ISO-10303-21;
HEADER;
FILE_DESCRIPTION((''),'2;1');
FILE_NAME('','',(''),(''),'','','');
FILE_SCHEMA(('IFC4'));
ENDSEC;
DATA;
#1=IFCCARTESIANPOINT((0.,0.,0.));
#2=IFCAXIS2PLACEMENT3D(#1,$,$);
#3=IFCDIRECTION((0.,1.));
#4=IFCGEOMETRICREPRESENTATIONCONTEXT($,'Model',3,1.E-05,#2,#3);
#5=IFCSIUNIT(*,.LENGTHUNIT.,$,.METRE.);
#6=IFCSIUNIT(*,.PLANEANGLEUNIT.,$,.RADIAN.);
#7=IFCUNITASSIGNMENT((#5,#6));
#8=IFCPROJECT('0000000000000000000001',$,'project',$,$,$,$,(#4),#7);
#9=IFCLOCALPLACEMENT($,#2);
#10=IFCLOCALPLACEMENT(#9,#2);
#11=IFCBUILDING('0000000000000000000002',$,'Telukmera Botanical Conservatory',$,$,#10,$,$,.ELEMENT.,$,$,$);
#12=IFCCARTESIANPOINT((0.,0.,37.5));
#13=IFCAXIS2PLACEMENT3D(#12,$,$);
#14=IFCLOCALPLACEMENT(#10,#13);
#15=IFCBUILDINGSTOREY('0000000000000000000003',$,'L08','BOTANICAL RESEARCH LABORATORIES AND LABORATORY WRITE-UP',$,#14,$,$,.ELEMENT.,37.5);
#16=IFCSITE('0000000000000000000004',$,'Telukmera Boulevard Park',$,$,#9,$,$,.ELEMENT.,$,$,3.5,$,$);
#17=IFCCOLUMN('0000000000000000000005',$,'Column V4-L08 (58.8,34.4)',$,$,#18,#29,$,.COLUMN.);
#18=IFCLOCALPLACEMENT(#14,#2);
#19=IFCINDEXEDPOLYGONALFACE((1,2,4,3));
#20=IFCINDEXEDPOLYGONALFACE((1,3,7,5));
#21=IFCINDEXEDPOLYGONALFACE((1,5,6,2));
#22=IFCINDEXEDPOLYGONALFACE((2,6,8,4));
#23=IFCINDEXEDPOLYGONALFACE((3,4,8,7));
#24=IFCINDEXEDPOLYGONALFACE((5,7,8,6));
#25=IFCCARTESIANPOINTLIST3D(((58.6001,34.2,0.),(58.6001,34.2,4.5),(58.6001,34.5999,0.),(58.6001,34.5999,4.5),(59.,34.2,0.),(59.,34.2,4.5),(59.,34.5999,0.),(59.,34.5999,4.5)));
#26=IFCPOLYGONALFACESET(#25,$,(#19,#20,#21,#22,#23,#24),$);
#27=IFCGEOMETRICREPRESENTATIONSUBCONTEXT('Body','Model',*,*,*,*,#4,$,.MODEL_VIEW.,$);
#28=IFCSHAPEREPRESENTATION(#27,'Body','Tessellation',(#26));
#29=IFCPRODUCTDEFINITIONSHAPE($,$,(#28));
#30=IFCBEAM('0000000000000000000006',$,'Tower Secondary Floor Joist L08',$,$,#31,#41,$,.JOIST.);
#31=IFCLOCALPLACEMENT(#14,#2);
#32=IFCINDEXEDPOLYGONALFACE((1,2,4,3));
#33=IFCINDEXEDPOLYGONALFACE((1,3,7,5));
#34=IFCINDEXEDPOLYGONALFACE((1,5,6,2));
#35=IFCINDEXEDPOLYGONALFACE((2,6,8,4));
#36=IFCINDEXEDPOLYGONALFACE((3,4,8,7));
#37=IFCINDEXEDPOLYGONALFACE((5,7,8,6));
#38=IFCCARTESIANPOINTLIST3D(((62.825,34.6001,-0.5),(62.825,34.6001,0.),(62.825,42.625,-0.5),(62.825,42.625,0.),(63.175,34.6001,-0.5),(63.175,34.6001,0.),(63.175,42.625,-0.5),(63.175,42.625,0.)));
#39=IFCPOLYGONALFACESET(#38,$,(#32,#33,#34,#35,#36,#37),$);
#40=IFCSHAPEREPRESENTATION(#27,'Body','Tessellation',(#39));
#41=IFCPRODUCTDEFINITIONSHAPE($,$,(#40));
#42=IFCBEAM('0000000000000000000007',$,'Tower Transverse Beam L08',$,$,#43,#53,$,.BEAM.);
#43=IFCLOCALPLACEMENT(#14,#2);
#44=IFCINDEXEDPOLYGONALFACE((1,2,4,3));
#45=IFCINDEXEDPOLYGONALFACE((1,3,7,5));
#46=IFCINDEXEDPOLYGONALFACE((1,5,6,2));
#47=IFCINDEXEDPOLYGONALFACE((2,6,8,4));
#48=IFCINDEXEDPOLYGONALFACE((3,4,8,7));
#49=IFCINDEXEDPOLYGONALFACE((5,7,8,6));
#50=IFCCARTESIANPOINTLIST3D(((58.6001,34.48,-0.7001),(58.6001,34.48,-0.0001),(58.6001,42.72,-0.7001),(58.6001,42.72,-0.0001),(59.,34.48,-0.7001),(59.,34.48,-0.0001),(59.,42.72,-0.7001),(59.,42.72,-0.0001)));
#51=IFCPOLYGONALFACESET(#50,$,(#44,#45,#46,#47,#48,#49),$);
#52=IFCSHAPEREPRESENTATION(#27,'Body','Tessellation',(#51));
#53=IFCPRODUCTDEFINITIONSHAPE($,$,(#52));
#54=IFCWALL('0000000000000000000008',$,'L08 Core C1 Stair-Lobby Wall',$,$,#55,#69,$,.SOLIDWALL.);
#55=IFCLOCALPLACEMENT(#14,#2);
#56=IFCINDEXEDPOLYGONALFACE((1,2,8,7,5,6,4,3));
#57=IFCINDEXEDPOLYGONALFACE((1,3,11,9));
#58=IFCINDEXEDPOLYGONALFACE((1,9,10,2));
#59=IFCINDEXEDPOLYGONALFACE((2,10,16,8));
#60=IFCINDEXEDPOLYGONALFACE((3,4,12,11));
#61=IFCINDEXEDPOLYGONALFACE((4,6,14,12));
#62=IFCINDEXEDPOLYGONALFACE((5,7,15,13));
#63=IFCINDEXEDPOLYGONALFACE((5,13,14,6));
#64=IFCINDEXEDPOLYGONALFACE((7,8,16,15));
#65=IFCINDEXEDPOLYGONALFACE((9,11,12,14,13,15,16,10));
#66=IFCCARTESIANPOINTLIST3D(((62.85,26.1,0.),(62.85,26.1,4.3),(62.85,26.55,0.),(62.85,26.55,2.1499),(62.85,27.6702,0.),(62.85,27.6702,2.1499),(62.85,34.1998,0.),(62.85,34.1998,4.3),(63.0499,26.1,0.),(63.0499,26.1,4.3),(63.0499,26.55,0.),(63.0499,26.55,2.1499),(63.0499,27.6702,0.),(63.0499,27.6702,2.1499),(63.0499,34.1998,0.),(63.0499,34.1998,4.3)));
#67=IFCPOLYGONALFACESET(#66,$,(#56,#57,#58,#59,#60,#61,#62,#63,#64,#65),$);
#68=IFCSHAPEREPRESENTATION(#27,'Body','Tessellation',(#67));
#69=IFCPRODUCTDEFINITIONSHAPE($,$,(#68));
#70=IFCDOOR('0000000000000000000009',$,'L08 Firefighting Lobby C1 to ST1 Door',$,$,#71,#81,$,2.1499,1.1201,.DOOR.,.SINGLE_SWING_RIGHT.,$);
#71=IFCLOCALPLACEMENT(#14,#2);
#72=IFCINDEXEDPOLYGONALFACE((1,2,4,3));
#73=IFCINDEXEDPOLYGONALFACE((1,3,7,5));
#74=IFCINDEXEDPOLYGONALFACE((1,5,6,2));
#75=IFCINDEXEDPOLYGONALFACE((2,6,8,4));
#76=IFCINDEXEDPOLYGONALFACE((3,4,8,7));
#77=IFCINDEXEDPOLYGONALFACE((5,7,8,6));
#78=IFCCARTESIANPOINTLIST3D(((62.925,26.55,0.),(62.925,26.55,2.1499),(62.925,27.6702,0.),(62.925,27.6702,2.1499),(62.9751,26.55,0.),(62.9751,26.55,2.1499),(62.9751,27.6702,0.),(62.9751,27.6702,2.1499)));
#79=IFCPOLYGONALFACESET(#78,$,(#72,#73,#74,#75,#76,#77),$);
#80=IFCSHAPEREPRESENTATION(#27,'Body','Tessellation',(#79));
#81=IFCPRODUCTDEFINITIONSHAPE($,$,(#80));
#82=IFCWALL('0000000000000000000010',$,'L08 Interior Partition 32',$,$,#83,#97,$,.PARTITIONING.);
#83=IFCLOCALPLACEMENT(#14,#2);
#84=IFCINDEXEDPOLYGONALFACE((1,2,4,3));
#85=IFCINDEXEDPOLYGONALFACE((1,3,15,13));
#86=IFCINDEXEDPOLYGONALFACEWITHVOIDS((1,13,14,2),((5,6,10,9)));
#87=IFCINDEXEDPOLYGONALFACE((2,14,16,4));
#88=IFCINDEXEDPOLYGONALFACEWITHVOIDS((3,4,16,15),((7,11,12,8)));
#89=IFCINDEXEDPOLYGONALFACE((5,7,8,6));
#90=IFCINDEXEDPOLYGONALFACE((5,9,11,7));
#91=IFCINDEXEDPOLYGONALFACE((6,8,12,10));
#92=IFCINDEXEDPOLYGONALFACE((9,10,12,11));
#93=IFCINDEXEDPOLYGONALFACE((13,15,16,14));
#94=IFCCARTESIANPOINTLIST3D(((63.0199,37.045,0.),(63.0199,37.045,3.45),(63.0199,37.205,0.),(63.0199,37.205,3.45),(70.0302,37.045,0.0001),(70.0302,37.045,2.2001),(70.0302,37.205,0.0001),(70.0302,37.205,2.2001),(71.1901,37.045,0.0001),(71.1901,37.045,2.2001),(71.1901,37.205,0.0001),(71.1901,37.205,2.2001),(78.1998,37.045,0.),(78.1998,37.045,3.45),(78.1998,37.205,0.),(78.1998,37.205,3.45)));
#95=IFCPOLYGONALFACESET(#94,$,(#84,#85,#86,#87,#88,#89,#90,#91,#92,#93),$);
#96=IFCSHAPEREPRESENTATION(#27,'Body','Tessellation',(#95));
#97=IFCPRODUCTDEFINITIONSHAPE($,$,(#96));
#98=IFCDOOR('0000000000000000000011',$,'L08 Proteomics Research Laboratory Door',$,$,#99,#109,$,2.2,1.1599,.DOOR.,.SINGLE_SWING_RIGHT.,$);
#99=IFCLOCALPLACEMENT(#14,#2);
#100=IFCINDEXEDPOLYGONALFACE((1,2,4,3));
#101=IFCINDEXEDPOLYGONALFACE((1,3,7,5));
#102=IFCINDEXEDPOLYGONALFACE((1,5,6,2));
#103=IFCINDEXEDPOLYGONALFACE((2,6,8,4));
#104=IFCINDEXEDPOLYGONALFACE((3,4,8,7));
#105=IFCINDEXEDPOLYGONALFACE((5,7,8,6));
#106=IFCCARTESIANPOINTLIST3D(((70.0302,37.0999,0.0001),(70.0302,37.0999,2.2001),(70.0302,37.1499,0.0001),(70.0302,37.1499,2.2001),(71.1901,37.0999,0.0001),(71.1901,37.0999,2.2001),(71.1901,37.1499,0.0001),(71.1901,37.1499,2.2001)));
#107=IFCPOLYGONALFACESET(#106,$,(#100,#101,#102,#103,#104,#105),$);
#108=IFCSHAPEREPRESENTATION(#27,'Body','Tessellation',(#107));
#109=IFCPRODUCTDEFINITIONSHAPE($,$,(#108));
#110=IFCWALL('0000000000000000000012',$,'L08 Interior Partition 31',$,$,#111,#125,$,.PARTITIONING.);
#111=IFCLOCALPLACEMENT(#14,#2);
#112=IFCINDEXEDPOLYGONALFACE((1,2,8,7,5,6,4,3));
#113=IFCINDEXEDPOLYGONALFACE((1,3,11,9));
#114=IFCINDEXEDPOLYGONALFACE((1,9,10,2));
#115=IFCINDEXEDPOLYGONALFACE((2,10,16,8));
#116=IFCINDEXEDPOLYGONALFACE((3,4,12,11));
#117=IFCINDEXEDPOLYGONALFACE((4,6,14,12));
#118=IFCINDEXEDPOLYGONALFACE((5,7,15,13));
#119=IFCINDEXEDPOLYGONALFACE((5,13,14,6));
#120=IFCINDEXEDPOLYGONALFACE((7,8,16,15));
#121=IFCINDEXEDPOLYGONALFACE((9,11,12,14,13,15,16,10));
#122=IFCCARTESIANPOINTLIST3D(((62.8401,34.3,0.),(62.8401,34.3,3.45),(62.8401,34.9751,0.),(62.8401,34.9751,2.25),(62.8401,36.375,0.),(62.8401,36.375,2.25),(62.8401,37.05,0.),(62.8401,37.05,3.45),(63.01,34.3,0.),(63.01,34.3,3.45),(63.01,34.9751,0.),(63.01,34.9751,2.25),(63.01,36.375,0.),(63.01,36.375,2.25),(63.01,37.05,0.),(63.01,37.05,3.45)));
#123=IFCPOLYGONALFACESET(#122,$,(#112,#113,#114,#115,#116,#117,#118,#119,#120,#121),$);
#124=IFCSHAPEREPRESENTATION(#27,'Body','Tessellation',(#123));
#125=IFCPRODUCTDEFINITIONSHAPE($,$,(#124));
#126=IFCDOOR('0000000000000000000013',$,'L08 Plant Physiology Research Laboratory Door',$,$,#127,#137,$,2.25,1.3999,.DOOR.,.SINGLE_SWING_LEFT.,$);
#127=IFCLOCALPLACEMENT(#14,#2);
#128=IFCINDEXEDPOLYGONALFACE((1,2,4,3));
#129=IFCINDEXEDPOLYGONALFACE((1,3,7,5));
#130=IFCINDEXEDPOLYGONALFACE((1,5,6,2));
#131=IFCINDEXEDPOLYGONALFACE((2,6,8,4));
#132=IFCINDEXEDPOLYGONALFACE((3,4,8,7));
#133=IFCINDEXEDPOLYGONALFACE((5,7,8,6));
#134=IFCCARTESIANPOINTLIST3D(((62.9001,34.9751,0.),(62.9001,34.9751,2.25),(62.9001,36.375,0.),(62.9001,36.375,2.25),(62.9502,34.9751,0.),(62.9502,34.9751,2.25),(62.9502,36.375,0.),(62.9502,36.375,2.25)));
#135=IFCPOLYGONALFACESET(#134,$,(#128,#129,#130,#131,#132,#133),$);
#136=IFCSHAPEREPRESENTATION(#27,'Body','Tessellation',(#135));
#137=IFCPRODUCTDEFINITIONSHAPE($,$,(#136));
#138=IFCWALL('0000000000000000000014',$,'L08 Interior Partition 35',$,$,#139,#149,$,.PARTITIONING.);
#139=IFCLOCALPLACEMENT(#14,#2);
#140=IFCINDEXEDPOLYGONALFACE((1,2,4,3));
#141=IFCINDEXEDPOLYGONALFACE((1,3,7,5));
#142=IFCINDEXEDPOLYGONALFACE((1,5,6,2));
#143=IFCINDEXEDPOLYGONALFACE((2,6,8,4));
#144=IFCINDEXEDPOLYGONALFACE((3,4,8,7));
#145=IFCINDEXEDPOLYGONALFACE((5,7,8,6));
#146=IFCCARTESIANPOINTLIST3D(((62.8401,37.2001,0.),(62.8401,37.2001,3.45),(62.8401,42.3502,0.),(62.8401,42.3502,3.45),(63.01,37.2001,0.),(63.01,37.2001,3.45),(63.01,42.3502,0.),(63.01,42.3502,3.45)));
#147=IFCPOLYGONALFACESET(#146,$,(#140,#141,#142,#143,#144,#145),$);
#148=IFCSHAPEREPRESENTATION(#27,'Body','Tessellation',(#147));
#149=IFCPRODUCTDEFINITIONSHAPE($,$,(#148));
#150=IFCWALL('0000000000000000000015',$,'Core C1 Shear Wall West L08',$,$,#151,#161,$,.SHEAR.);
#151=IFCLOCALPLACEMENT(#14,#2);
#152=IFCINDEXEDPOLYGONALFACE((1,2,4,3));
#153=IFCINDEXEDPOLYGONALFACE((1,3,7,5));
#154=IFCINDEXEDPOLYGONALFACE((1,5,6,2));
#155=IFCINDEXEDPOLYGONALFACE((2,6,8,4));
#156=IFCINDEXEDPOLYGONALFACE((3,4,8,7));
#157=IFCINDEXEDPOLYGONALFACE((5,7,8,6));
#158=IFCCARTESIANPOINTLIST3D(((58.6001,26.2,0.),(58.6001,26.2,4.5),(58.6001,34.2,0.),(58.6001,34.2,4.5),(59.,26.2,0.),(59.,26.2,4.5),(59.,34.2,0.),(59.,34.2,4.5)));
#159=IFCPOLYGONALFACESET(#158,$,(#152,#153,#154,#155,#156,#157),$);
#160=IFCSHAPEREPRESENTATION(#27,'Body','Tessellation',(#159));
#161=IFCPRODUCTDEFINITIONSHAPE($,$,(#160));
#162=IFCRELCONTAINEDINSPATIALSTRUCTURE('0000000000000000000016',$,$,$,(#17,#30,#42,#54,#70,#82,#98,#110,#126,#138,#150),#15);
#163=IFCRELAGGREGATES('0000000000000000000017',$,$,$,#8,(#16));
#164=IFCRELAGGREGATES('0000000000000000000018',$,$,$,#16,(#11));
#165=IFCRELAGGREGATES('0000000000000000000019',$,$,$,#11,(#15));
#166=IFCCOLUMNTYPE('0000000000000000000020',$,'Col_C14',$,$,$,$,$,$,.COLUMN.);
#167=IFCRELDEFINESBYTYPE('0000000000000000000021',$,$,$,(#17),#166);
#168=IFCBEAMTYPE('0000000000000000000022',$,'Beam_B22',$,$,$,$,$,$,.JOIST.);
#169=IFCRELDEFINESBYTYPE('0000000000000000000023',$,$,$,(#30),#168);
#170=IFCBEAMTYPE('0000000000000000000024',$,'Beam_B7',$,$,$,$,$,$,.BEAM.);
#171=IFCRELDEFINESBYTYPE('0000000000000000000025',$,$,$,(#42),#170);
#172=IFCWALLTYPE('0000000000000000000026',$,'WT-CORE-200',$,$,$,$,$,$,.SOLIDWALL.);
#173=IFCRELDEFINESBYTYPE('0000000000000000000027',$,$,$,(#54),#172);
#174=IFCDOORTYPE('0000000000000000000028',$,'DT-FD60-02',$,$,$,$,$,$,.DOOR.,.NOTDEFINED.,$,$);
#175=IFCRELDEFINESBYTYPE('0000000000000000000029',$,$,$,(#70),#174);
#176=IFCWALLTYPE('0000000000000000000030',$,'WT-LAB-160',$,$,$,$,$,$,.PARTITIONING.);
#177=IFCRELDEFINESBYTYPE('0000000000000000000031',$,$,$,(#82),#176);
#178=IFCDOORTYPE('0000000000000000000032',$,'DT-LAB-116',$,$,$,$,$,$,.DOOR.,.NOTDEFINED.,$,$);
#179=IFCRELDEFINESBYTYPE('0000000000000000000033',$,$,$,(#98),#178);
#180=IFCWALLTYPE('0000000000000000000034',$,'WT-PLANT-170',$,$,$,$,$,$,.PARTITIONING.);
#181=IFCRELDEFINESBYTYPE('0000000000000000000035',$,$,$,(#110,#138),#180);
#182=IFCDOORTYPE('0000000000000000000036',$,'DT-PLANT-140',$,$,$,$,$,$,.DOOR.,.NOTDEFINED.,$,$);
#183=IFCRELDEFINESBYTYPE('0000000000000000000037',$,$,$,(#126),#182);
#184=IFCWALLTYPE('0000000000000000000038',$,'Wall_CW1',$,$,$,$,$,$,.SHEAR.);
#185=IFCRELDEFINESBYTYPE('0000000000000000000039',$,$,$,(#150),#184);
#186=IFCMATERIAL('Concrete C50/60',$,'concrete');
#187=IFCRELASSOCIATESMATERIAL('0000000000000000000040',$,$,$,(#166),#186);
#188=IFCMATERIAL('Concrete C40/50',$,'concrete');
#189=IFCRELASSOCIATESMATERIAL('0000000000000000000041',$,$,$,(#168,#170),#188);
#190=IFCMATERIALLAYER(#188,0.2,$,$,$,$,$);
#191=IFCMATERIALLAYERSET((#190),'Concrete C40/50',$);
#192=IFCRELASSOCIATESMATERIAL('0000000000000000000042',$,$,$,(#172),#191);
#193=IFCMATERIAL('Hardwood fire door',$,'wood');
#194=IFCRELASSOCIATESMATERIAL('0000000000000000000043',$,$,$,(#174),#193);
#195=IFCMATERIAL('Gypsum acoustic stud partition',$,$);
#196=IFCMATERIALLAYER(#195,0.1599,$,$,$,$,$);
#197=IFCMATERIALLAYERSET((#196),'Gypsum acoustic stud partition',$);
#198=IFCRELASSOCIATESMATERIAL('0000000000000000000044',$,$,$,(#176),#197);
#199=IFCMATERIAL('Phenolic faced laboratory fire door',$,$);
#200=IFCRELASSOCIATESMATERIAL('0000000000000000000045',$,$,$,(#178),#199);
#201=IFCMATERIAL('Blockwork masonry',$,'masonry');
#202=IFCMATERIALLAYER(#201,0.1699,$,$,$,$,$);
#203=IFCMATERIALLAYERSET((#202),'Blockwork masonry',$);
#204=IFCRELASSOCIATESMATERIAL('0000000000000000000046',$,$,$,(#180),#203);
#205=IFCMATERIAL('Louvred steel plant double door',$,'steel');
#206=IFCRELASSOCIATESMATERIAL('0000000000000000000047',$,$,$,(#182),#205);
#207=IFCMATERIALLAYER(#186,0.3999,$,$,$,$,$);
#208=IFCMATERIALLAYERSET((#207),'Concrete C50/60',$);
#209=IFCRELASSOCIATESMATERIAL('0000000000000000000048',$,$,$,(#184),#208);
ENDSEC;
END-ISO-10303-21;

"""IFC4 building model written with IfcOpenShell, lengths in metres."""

from ifc_helpers import new_model, si_unit, direction, frame, frame_2d, origin, origin_2d, place, context, subcontext, project, spatial, rectangle, extrude, material, layer, layer_set, material_profile, profile_set, type_object, element, fill, save


model = new_model("IFC4")

# Units and contexts
model_context = context("Model", 3, precision=1e-05, world=origin(), true_north=direction((0.0, 1.0)))
body_context = subcontext(model_context, "Body", "Model", "MODEL_VIEW")
ifc_project = project(units=[si_unit("LENGTHUNIT", "METRE"), si_unit("PLANEANGLEUNIT", "RADIAN")], contexts=[model_context])

# Site, building, storey
site_placement = place(None, origin())
site = spatial("IfcSite", under=ifc_project, at=site_placement, Name="Telukmera Boulevard Park", CompositionType="ELEMENT", RefElevation=3.5)
building_placement = place(site_placement, origin())
building = spatial("IfcBuilding", under=site, at=building_placement, Name="Telukmera Botanical Conservatory", CompositionType="ELEMENT")
storey_placement = place(building_placement, frame((0.0, 0.0, 37.5)))
storey = spatial("IfcBuildingStorey", under=building, at=storey_placement, Name="L08", Description="BOTANICAL RESEARCH LABORATORIES AND LABORATORY WRITE-UP", CompositionType="ELEMENT", Elevation=37.5)

# Column
ifc_material_1 = material(Name="Concrete C50/60", Category="concrete")
ifc_material_profile_1 = material_profile(ifc_material_1, rectangle(XDim=0.3999, YDim=0.3999, at=origin_2d()), Name="RC 400x400")
ifc_profile_set_1 = profile_set([ifc_material_profile_1], Name="Concrete C50/60")
column_type = type_object("IfcColumnType", Name="Col_C14", PredefinedType="COLUMN", material=ifc_profile_set_1)
column_placement = place(storey_placement, frame((58.8, 34.3999, 0.0), z_axis=(0.0, 0.0, 1.0), x_axis=(1.0, 0.0, 0.0)))
element("IfcColumn", 1, at=column_placement, inside=storey, type_object=column_type, Name="Column V4-L08 (58.8,34.4)", PredefinedType="COLUMN", context=body_context, shape_type="SweptSolid", body=[
    extrude(rectangle(XDim=0.3999, YDim=0.3999, at=origin_2d()), origin(), (0.0, 0.0, 1.0), 4.5),
])

# Beams
ifc_material_2 = material(Name="Concrete C40/50", Category="concrete")
ifc_material_profile_2 = material_profile(ifc_material_2, rectangle(XDim=0.3501, YDim=0.5, at=origin_2d()), Name="RC 350x500")
ifc_profile_set_2 = profile_set([ifc_material_profile_2], Name="Concrete C40/50")
beam_type_1 = type_object("IfcBeamType", Name="Beam_B22", PredefinedType="JOIST", material=ifc_profile_set_2)
beam_1_placement = place(storey_placement, frame((63.0, 34.6001, -0.25), z_axis=(0.0, 1.0, 0.0), x_axis=(-1.0, 0.0, 0.0)))
element("IfcBeam", 2, at=beam_1_placement, inside=storey, type_object=beam_type_1, Name="Tower Secondary Floor Joist L08", PredefinedType="JOIST", context=body_context, shape_type="SweptSolid", body=[
    extrude(rectangle(XDim=0.3501, YDim=0.5, at=origin_2d()), origin(), (0.0, 0.0, 1.0), 8.0249),
])
ifc_material_profile_3 = material_profile(ifc_material_2, rectangle(XDim=0.3999, YDim=0.7, at=origin_2d()), Name="RC 400x700")
ifc_profile_set_3 = profile_set([ifc_material_profile_3], Name="Concrete C40/50")
beam_type_2 = type_object("IfcBeamType", Name="Beam_B7", PredefinedType="BEAM", material=ifc_profile_set_3)
beam_2_placement = place(storey_placement, frame((58.8, 34.48, -0.3501), z_axis=(0.0, 1.0, 0.0), x_axis=(-1.0, 0.0, 0.0)))
element("IfcBeam", 3, at=beam_2_placement, inside=storey, type_object=beam_type_2, Name="Tower Transverse Beam L08", PredefinedType="BEAM", context=body_context, shape_type="SweptSolid", body=[
    extrude(rectangle(XDim=0.3999, YDim=0.7, at=origin_2d()), origin(), (0.0, 0.0, 1.0), 8.24),
])

# Walls, openings, doors
ifc_layer_1 = layer(ifc_material_2, 0.2)
ifc_layer_set_1 = layer_set([ifc_layer_1], Name="Concrete C40/50")
wall_type_1 = type_object("IfcWallType", Name="WT-CORE-200", PredefinedType="SOLIDWALL", material=ifc_layer_set_1)
wall_1_placement = place(storey_placement, frame((62.95, 26.1001, 0.0), z_axis=(0.0, 0.0, 1.0), x_axis=(0.0, 1.0, 0.0)))
wall_1 = element("IfcWall", 4, at=wall_1_placement, inside=storey, type_object=wall_type_1, Name="L08 Core C1 Stair-Lobby Wall", PredefinedType="SOLIDWALL", context=body_context, shape_type="SweptSolid", body=[
    extrude(rectangle(XDim=8.0999, YDim=0.2, at=frame_2d((4.0498, 0.0))), origin(), (0.0, 0.0, 1.0), 4.3),
])
opening_1_placement = place(wall_1_placement, frame((0.45, 0.0, 0.0)))
opening_1 = element("IfcOpeningElement", 5, at=opening_1_placement, cuts=wall_1, PredefinedType="OPENING", context=body_context, shape_type="SweptSolid", body=[
    extrude(rectangle(XDim=1.1201, YDim=2.1499, at=frame_2d((0.5601, 1.075))), frame((0.0, 0.1099, 0.0), z_axis=(0.0, -1.0, 0.0), x_axis=(1.0, 0.0, 0.0)), (0.0, 0.0, 1.0), 0.22),
])
ifc_material_3 = material(Name="Hardwood fire door", Category="wood")
door_type_1 = type_object("IfcDoorType", Name="DT-FD60-02", OperationType="NOTDEFINED", PredefinedType="DOOR", material=ifc_material_3)
door_1_placement = place(opening_1_placement, origin())
door_1 = element("IfcDoor", 6, at=door_1_placement, inside=storey, type_object=door_type_1, Name="L08 Firefighting Lobby C1 to ST1 Door", OperationType="SINGLE_SWING_RIGHT", OverallHeight=2.1499, OverallWidth=1.1201, PredefinedType="DOOR", context=body_context, shape_type="SweptSolid", body=[
    extrude(rectangle(XDim=1.1201, YDim=2.1499, at=frame_2d((0.5601, 1.075))), frame((0.0, 0.0249, 0.0), z_axis=(0.0, -1.0, 0.0), x_axis=(1.0, 0.0, 0.0)), (0.0, 0.0, 1.0), 0.05),
])
fill(opening_1, door_1)
ifc_material_4 = material(Name="Gypsum acoustic stud partition")
ifc_layer_2 = layer(ifc_material_4, 0.1599)
ifc_layer_set_2 = layer_set([ifc_layer_2], Name="Gypsum acoustic stud partition")
wall_type_2 = type_object("IfcWallType", Name="WT-LAB-160", PredefinedType="PARTITIONING", material=ifc_layer_set_2)
wall_2_placement = place(storey_placement, frame((63.02, 37.125, 0.0), z_axis=(0.0, 0.0, 1.0), x_axis=(1.0, 0.0, 0.0)))
wall_2 = element("IfcWall", 7, at=wall_2_placement, inside=storey, type_object=wall_type_2, Name="L08 Interior Partition 32", PredefinedType="PARTITIONING", context=body_context, shape_type="SweptSolid", body=[
    extrude(rectangle(XDim=15.1799, YDim=0.1599, at=frame_2d((7.5898, 0.0))), origin(), (0.0, 0.0, 1.0), 3.45),
])
opening_2_placement = place(wall_2_placement, frame((7.01, 0.0, 0.0)))
opening_2 = element("IfcOpeningElement", 8, at=opening_2_placement, cuts=wall_2, PredefinedType="OPENING", context=body_context, shape_type="SweptSolid", body=[
    extrude(rectangle(XDim=1.1599, YDim=2.2, at=frame_2d((0.5801, 1.1001))), frame((0.0, 0.0898, 0.0), z_axis=(0.0, -1.0, 0.0), x_axis=(1.0, 0.0, 0.0)), (0.0, 0.0, 1.0), 0.1799),
])
ifc_material_5 = material(Name="Phenolic faced laboratory fire door")
door_type_2 = type_object("IfcDoorType", Name="DT-LAB-116", OperationType="NOTDEFINED", PredefinedType="DOOR", material=ifc_material_5)
door_2_placement = place(opening_2_placement, origin())
door_2 = element("IfcDoor", 9, at=door_2_placement, inside=storey, type_object=door_type_2, Name="L08 Proteomics Research Laboratory Door", OperationType="SINGLE_SWING_RIGHT", OverallHeight=2.2, OverallWidth=1.1599, PredefinedType="DOOR", context=body_context, shape_type="SweptSolid", body=[
    extrude(rectangle(XDim=1.1599, YDim=2.2, at=frame_2d((0.5801, 1.1001))), frame((0.0, 0.0249, 0.0), z_axis=(0.0, -1.0, 0.0), x_axis=(1.0, 0.0, 0.0)), (0.0, 0.0, 1.0), 0.05),
])
fill(opening_2, door_2)
ifc_material_6 = material(Name="Blockwork masonry", Category="masonry")
ifc_layer_3 = layer(ifc_material_6, 0.1699)
ifc_layer_set_3 = layer_set([ifc_layer_3], Name="Blockwork masonry")
wall_type_3 = type_object("IfcWallType", Name="WT-PLANT-170", PredefinedType="PARTITIONING", material=ifc_layer_set_3)
wall_3_placement = place(storey_placement, frame((62.925, 34.3, 0.0), z_axis=(0.0, 0.0, 1.0), x_axis=(0.0, 1.0, 0.0)))
wall_3 = element("IfcWall", 10, at=wall_3_placement, inside=storey, type_object=wall_type_3, Name="L08 Interior Partition 31", PredefinedType="PARTITIONING", context=body_context, shape_type="SweptSolid", body=[
    extrude(rectangle(XDim=2.75, YDim=0.1699, at=frame_2d((1.375, 0.0))), origin(), (0.0, 0.0, 1.0), 3.45),
])
opening_3_placement = place(wall_3_placement, frame((0.675, 0.0, 0.0)))
opening_3 = element("IfcOpeningElement", 11, at=opening_3_placement, cuts=wall_3, PredefinedType="OPENING", context=body_context, shape_type="SweptSolid", body=[
    extrude(rectangle(XDim=1.3999, YDim=2.25, at=frame_2d((0.7, 1.125))), frame((0.0, 0.095, 0.0), z_axis=(0.0, -1.0, 0.0), x_axis=(1.0, 0.0, 0.0)), (0.0, 0.0, 1.0), 0.1899),
])
ifc_material_7 = material(Name="Louvred steel plant double door", Category="steel")
door_type_3 = type_object("IfcDoorType", Name="DT-PLANT-140", OperationType="NOTDEFINED", PredefinedType="DOOR", material=ifc_material_7)
door_3_placement = place(opening_3_placement, origin())
door_3 = element("IfcDoor", 12, at=door_3_placement, inside=storey, type_object=door_type_3, Name="L08 Plant Physiology Research Laboratory Door", OperationType="SINGLE_SWING_LEFT", OverallHeight=2.25, OverallWidth=1.3999, PredefinedType="DOOR", context=body_context, shape_type="SweptSolid", body=[
    extrude(rectangle(XDim=1.3999, YDim=2.25, at=frame_2d((0.7, 1.125))), frame((0.0, 0.0249, 0.0), z_axis=(0.0, -1.0, 0.0), x_axis=(1.0, 0.0, 0.0)), (0.0, 0.0, 1.0), 0.05),
])
fill(opening_3, door_3)

# Walls
wall_4_placement = place(storey_placement, frame((62.925, 37.2, 0.0), z_axis=(0.0, 0.0, 1.0), x_axis=(0.0, 1.0, 0.0)))
element("IfcWall", 13, at=wall_4_placement, inside=storey, type_object=wall_type_3, Name="L08 Interior Partition 35", PredefinedType="PARTITIONING", context=body_context, shape_type="SweptSolid", body=[
    extrude(rectangle(XDim=5.1501, YDim=0.1699, at=frame_2d((2.5752, 0.0))), origin(), (0.0, 0.0, 1.0), 3.45),
])
ifc_layer_4 = layer(ifc_material_1, 0.3999)
ifc_layer_set_4 = layer_set([ifc_layer_4], Name="Concrete C50/60")
wall_type_4 = type_object("IfcWallType", Name="Wall_CW1", PredefinedType="SHEAR", material=ifc_layer_set_4)
for number, where, z_axis, x_axis, name in (
    (14, (58.8, 26.2, 0.0), (0.0, 0.0, 1.0), (0.0, 1.0, 0.0), "Core C1 Shear Wall West L08"),
):
    element("IfcWall", number, at=place(storey_placement, frame(where, z_axis=z_axis, x_axis=x_axis)), inside=storey, type_object=wall_type_4, Name=name, PredefinedType="SHEAR", context=body_context, shape_type="SweptSolid", body=[
        extrude(rectangle(XDim=8.0, YDim=0.3999, at=frame_2d((4.0, 0.0))), origin(), (0.0, 0.0, 1.0), 4.5),
    ])

save(model, "model.ifc")
